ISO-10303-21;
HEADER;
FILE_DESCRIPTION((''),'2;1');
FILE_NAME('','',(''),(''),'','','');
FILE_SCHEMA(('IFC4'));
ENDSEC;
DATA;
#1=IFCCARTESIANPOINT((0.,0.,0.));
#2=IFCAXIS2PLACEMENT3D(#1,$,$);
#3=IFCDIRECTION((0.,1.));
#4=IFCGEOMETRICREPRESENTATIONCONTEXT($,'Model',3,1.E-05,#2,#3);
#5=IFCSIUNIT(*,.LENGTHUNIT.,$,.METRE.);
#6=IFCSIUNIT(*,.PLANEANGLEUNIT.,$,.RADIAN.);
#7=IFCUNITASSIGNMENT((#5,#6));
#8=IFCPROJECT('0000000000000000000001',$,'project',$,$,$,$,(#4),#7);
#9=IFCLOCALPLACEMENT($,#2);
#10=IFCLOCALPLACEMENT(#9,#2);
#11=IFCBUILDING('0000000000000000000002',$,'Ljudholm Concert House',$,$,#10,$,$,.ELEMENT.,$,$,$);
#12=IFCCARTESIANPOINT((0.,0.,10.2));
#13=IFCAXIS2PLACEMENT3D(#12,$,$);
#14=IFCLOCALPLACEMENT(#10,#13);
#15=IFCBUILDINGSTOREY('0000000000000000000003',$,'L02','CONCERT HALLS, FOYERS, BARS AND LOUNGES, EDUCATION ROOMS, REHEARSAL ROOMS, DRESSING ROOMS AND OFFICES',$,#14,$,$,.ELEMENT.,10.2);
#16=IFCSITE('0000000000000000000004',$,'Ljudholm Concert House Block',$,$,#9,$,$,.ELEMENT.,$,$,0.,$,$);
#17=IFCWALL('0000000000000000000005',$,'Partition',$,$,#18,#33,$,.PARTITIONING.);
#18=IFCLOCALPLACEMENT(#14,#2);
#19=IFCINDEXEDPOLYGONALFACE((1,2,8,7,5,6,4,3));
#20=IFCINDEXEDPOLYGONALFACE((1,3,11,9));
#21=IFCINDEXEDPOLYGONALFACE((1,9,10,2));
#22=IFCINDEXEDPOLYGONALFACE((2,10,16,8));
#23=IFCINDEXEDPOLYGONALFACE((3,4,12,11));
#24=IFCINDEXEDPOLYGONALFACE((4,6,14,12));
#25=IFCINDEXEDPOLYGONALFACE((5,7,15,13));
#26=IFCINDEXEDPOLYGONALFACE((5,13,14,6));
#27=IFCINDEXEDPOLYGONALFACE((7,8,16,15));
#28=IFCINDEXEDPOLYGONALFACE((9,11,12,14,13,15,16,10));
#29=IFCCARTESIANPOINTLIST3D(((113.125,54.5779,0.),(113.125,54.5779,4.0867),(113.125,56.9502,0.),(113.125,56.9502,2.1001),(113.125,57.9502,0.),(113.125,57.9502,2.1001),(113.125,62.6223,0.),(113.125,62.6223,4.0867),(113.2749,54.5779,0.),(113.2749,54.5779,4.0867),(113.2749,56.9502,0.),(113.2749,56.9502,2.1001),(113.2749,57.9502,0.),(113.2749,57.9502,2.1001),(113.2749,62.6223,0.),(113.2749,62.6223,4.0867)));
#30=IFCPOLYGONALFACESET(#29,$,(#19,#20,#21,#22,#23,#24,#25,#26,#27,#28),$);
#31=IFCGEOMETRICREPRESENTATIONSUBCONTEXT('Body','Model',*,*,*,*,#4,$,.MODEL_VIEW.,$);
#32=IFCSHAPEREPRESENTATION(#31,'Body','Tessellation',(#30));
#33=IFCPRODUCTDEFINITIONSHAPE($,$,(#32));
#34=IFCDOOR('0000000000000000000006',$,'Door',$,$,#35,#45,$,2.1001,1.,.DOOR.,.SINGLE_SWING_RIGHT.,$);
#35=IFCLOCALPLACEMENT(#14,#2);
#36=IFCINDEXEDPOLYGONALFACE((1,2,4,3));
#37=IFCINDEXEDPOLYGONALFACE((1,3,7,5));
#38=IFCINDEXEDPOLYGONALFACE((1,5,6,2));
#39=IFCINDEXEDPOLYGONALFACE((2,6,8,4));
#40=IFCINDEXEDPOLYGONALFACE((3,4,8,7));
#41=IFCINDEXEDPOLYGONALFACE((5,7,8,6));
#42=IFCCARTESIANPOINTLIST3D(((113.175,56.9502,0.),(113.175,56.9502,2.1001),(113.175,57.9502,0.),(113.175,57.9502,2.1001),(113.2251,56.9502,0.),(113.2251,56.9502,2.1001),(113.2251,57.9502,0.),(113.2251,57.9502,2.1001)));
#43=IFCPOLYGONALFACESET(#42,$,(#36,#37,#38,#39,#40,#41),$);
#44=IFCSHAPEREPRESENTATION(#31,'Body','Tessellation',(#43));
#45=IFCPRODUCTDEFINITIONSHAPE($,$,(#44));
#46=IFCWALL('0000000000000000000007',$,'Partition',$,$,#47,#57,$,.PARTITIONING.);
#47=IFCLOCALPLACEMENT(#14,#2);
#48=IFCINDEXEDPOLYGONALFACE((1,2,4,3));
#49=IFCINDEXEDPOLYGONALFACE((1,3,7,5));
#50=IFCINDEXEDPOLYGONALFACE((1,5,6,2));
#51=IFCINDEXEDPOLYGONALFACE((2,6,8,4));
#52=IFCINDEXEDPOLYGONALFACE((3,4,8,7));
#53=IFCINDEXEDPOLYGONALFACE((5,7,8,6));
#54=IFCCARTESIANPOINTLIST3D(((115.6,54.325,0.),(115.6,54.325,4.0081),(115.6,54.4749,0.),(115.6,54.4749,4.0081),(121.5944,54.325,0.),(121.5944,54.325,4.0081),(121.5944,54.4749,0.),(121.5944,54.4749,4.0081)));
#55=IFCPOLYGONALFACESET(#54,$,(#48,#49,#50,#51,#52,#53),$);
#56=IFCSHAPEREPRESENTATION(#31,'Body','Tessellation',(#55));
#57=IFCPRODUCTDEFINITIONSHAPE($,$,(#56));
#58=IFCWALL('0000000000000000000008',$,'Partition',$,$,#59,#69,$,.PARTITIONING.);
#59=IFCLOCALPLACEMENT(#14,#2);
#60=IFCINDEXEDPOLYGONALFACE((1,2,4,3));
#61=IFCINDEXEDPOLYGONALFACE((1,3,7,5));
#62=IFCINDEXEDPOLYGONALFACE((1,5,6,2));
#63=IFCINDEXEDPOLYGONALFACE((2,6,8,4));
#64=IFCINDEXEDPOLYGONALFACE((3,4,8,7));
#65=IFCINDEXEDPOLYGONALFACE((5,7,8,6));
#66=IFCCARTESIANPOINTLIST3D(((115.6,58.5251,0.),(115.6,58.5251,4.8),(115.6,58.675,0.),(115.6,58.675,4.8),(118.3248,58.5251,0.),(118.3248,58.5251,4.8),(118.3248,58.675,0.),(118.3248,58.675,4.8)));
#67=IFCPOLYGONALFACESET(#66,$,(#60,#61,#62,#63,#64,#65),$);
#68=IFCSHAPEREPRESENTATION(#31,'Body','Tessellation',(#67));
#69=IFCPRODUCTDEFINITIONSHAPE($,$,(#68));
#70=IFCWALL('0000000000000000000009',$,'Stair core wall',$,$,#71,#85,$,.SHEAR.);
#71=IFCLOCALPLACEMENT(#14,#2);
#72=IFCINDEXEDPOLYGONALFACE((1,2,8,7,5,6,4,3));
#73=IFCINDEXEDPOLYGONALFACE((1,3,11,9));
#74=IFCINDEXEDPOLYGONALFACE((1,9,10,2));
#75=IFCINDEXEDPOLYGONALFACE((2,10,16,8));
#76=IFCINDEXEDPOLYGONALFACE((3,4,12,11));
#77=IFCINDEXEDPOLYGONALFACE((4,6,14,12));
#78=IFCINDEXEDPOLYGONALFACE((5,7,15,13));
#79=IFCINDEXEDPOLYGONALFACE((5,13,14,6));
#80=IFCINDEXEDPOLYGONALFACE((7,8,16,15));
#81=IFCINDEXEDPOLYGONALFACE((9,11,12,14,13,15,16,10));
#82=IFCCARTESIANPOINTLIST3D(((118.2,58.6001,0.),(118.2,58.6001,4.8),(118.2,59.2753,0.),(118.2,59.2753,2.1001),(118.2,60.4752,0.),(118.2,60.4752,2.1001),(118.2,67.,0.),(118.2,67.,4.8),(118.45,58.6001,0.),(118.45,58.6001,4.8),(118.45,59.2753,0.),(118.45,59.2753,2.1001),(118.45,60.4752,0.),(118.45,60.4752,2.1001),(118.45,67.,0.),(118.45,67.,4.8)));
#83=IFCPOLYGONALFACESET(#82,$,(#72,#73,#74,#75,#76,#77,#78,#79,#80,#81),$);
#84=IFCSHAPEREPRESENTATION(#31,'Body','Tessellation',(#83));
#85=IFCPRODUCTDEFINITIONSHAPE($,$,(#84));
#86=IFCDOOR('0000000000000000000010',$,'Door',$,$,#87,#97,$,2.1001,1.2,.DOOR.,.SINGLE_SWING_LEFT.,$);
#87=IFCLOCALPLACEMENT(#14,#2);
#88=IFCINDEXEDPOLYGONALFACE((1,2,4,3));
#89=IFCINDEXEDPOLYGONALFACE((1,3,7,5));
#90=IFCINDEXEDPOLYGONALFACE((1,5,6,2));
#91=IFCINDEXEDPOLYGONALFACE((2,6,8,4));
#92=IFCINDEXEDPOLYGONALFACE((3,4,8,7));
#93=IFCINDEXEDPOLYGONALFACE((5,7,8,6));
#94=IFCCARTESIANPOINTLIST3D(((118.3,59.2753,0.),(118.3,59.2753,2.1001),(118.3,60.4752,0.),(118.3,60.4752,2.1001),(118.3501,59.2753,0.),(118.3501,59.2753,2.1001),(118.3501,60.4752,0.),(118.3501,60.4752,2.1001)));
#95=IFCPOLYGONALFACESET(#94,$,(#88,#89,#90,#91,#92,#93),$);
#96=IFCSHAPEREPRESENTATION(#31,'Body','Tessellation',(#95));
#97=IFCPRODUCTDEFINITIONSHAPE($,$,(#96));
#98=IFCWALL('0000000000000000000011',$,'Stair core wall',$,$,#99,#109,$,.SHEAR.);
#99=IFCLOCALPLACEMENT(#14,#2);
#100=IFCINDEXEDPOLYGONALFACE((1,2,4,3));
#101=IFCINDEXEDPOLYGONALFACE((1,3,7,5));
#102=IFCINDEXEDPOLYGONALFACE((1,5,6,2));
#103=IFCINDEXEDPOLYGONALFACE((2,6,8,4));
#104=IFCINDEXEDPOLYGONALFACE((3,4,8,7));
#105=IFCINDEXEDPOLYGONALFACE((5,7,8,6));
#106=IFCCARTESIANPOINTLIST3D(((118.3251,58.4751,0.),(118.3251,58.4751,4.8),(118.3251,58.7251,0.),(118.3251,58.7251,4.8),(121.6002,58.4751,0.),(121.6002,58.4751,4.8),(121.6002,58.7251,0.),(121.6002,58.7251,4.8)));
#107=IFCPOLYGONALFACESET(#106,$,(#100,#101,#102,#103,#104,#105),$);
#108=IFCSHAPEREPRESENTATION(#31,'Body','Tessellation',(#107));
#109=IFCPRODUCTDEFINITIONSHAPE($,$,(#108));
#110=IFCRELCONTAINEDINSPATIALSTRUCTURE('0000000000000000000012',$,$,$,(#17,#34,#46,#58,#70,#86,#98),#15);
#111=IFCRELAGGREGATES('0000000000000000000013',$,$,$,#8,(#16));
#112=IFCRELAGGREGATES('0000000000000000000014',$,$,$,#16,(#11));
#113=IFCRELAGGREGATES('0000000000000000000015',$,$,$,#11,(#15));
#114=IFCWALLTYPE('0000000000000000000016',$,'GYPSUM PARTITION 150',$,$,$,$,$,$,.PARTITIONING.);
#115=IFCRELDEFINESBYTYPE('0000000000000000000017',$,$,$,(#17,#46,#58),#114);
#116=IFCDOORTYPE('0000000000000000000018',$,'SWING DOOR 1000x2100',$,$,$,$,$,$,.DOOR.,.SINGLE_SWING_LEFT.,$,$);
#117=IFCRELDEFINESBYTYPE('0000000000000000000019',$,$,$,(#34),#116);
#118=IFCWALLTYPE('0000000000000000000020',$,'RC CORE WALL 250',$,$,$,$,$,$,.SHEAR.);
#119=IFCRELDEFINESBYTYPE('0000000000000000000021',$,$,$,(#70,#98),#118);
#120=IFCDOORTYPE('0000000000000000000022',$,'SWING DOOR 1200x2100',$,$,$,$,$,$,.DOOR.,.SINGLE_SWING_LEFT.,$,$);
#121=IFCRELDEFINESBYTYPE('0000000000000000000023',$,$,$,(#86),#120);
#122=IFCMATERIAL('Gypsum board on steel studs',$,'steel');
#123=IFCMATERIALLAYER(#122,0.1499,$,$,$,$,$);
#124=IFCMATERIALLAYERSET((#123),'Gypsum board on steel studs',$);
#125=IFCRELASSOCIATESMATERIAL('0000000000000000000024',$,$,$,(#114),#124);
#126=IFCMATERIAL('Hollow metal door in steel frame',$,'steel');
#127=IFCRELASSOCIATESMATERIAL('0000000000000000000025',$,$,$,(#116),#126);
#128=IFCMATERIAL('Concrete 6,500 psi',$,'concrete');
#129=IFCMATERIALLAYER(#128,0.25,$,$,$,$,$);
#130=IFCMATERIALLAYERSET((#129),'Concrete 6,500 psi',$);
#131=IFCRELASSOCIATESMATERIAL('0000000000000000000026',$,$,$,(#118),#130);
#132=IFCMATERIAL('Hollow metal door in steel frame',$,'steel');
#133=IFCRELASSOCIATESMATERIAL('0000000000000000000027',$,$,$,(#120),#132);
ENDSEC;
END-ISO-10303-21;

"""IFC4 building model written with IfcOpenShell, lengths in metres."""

from ifc_helpers import new_model, si_unit, direction, frame, frame_2d, origin, place, context, subcontext, project, spatial, rectangle, extrude, material, layer, layer_set, type_object, element, fill, save


model = new_model("IFC4")

# Units and contexts
model_context = context("Model", 3, precision=1e-05, world=origin(), true_north=direction((0.0, 1.0)))
body_context = subcontext(model_context, "Body", "Model", "MODEL_VIEW")
ifc_project = project(units=[si_unit("LENGTHUNIT", "METRE"), si_unit("PLANEANGLEUNIT", "RADIAN")], contexts=[model_context])

# Site, building, storey
site_placement = place(None, origin())
site = spatial("IfcSite", under=ifc_project, at=site_placement, Name="Ljudholm Concert House Block", CompositionType="ELEMENT", RefElevation=0.0)
building_placement = place(site_placement, origin())
building = spatial("IfcBuilding", under=site, at=building_placement, Name="Ljudholm Concert House", CompositionType="ELEMENT")
storey_placement = place(building_placement, frame((0.0, 0.0, 10.2)))
storey = spatial("IfcBuildingStorey", under=building, at=storey_placement, Name="L02", Description="CONCERT HALLS, FOYERS, BARS AND LOUNGES, EDUCATION ROOMS, REHEARSAL ROOMS, DRESSING ROOMS AND OFFICES", CompositionType="ELEMENT", Elevation=10.2)

# Wall, opening, door
ifc_material_1 = material(Name="Gypsum board on steel studs", Category="steel")
ifc_layer_1 = layer(ifc_material_1, 0.1499)
ifc_layer_set_1 = layer_set([ifc_layer_1], Name="Gypsum board on steel studs")
wall_type_1 = type_object("IfcWallType", Name="GYPSUM PARTITION 150", PredefinedType="PARTITIONING", material=ifc_layer_set_1)
wall_1_placement = place(storey_placement, frame((113.2, 54.5779, 0.0), z_axis=(0.0, 0.0, 1.0), x_axis=(0.0, 1.0, 0.0)))
wall_1 = element("IfcWall", 1, at=wall_1_placement, inside=storey, type_object=wall_type_1, Name="Partition", PredefinedType="PARTITIONING", context=body_context, shape_type="SweptSolid", body=[
    extrude(rectangle(XDim=8.0444, YDim=0.1499, at=frame_2d((4.0222, 0.0))), origin(), (0.0, 0.0, 1.0), 4.0867),
])
opening_1_placement = place(wall_1_placement, frame((2.3723, 0.0, 0.0)))
opening_1 = element("IfcOpeningElement", 2, at=opening_1_placement, cuts=wall_1, PredefinedType="OPENING", context=body_context, shape_type="SweptSolid", body=[
    extrude(rectangle(XDim=1.0, YDim=2.1001, at=frame_2d((0.5, 1.05))), frame((0.0, 0.085, 0.0), z_axis=(0.0, -1.0, 0.0), x_axis=(1.0, 0.0, 0.0)), (0.0, 0.0, 1.0), 0.1699),
])
ifc_material_2 = material(Name="Hollow metal door in steel frame", Category="steel")
door_type_1 = type_object("IfcDoorType", Name="SWING DOOR 1000x2100", OperationType="SINGLE_SWING_LEFT", PredefinedType="DOOR", material=ifc_material_2)
door_1_placement = place(opening_1_placement, origin())
door_1 = element("IfcDoor", 3, at=door_1_placement, inside=storey, type_object=door_type_1, Name="Door", OperationType="SINGLE_SWING_RIGHT", OverallHeight=2.1001, OverallWidth=1.0, PredefinedType="DOOR", context=body_context, shape_type="SweptSolid", body=[
    extrude(rectangle(XDim=1.0, YDim=2.1001, at=frame_2d((0.5, 1.05))), frame((0.0, 0.0249, 0.0), z_axis=(0.0, -1.0, 0.0), x_axis=(1.0, 0.0, 0.0)), (0.0, 0.0, 1.0), 0.05),
])
fill(opening_1, door_1)

# Walls
wall_2_placement = place(storey_placement, frame((115.6001, 54.3999, 0.0), z_axis=(0.0, 0.0, 1.0), x_axis=(1.0, 0.0, 0.0)))
element("IfcWall", 4, at=wall_2_placement, inside=storey, type_object=wall_type_1, Name="Partition", PredefinedType="PARTITIONING", context=body_context, shape_type="SweptSolid", body=[
    extrude(rectangle(XDim=5.9944, YDim=0.1499, at=frame_2d((2.9971, 0.0))), origin(), (0.0, 0.0, 1.0), 4.0081),
])
wall_3_placement = place(storey_placement, frame((115.6001, 58.6001, 0.0), z_axis=(0.0, 0.0, 1.0), x_axis=(1.0, 0.0, 0.0)))
element("IfcWall", 5, at=wall_3_placement, inside=storey, type_object=wall_type_1, Name="Partition", PredefinedType="PARTITIONING", context=body_context, shape_type="SweptSolid", body=[
    extrude(rectangle(XDim=2.7249, YDim=0.1499, at=frame_2d((1.3623, 0.0))), origin(), (0.0, 0.0, 1.0), 4.8),
])

# Wall, opening, door
ifc_material_3 = material(Name="Concrete 6,500 psi", Category="concrete")
ifc_layer_2 = layer(ifc_material_3, 0.25)
ifc_layer_set_2 = layer_set([ifc_layer_2], Name="Concrete 6,500 psi")
wall_type_2 = type_object("IfcWallType", Name="RC CORE WALL 250", PredefinedType="SHEAR", material=ifc_layer_set_2)
wall_4_placement = place(storey_placement, frame((118.325, 58.6001, 0.0), z_axis=(0.0, 0.0, 1.0), x_axis=(0.0, 1.0, 0.0)))
wall_4 = element("IfcWall", 6, at=wall_4_placement, inside=storey, type_object=wall_type_2, Name="Stair core wall", PredefinedType="SHEAR", context=body_context, shape_type="SweptSolid", body=[
    extrude(rectangle(XDim=8.3999, YDim=0.25, at=frame_2d((4.2, 0.0))), origin(), (0.0, 0.0, 1.0), 4.8),
])
opening_2_placement = place(wall_4_placement, frame((0.675, 0.0, 0.0)))
opening_2 = element("IfcOpeningElement", 7, at=opening_2_placement, cuts=wall_4, PredefinedType="OPENING", context=body_context, shape_type="SweptSolid", body=[
    extrude(rectangle(XDim=1.2, YDim=2.1001, at=frame_2d((0.6001, 1.05))), frame((0.0, 0.135, 0.0), z_axis=(0.0, -1.0, 0.0), x_axis=(1.0, 0.0, 0.0)), (0.0, 0.0, 1.0), 0.27),
])
ifc_material_4 = material(Name="Hollow metal door in steel frame", Category="steel")
door_type_2 = type_object("IfcDoorType", Name="SWING DOOR 1200x2100", OperationType="SINGLE_SWING_LEFT", PredefinedType="DOOR", material=ifc_material_4)
door_2_placement = place(opening_2_placement, origin())
door_2 = element("IfcDoor", 8, at=door_2_placement, inside=storey, type_object=door_type_2, Name="Door", OperationType="SINGLE_SWING_LEFT", OverallHeight=2.1001, OverallWidth=1.2, PredefinedType="DOOR", context=body_context, shape_type="SweptSolid", body=[
    extrude(rectangle(XDim=1.2, YDim=2.1001, at=frame_2d((0.6001, 1.05))), frame((0.0, 0.0249, 0.0), z_axis=(0.0, -1.0, 0.0), x_axis=(1.0, 0.0, 0.0)), (0.0, 0.0, 1.0), 0.05),
])
fill(opening_2, door_2)

# Wall
wall_5_placement = place(storey_placement, frame((118.325, 58.6001, 0.0), z_axis=(0.0, 0.0, 1.0), x_axis=(1.0, 0.0, 0.0)))
element("IfcWall", 9, at=wall_5_placement, inside=storey, type_object=wall_type_2, Name="Stair core wall", PredefinedType="SHEAR", context=body_context, shape_type="SweptSolid", body=[
    extrude(rectangle(XDim=3.2751, YDim=0.25, at=frame_2d((1.6377, 0.0))), origin(), (0.0, 0.0, 1.0), 4.8),
])

save(model, "model.ifc")
